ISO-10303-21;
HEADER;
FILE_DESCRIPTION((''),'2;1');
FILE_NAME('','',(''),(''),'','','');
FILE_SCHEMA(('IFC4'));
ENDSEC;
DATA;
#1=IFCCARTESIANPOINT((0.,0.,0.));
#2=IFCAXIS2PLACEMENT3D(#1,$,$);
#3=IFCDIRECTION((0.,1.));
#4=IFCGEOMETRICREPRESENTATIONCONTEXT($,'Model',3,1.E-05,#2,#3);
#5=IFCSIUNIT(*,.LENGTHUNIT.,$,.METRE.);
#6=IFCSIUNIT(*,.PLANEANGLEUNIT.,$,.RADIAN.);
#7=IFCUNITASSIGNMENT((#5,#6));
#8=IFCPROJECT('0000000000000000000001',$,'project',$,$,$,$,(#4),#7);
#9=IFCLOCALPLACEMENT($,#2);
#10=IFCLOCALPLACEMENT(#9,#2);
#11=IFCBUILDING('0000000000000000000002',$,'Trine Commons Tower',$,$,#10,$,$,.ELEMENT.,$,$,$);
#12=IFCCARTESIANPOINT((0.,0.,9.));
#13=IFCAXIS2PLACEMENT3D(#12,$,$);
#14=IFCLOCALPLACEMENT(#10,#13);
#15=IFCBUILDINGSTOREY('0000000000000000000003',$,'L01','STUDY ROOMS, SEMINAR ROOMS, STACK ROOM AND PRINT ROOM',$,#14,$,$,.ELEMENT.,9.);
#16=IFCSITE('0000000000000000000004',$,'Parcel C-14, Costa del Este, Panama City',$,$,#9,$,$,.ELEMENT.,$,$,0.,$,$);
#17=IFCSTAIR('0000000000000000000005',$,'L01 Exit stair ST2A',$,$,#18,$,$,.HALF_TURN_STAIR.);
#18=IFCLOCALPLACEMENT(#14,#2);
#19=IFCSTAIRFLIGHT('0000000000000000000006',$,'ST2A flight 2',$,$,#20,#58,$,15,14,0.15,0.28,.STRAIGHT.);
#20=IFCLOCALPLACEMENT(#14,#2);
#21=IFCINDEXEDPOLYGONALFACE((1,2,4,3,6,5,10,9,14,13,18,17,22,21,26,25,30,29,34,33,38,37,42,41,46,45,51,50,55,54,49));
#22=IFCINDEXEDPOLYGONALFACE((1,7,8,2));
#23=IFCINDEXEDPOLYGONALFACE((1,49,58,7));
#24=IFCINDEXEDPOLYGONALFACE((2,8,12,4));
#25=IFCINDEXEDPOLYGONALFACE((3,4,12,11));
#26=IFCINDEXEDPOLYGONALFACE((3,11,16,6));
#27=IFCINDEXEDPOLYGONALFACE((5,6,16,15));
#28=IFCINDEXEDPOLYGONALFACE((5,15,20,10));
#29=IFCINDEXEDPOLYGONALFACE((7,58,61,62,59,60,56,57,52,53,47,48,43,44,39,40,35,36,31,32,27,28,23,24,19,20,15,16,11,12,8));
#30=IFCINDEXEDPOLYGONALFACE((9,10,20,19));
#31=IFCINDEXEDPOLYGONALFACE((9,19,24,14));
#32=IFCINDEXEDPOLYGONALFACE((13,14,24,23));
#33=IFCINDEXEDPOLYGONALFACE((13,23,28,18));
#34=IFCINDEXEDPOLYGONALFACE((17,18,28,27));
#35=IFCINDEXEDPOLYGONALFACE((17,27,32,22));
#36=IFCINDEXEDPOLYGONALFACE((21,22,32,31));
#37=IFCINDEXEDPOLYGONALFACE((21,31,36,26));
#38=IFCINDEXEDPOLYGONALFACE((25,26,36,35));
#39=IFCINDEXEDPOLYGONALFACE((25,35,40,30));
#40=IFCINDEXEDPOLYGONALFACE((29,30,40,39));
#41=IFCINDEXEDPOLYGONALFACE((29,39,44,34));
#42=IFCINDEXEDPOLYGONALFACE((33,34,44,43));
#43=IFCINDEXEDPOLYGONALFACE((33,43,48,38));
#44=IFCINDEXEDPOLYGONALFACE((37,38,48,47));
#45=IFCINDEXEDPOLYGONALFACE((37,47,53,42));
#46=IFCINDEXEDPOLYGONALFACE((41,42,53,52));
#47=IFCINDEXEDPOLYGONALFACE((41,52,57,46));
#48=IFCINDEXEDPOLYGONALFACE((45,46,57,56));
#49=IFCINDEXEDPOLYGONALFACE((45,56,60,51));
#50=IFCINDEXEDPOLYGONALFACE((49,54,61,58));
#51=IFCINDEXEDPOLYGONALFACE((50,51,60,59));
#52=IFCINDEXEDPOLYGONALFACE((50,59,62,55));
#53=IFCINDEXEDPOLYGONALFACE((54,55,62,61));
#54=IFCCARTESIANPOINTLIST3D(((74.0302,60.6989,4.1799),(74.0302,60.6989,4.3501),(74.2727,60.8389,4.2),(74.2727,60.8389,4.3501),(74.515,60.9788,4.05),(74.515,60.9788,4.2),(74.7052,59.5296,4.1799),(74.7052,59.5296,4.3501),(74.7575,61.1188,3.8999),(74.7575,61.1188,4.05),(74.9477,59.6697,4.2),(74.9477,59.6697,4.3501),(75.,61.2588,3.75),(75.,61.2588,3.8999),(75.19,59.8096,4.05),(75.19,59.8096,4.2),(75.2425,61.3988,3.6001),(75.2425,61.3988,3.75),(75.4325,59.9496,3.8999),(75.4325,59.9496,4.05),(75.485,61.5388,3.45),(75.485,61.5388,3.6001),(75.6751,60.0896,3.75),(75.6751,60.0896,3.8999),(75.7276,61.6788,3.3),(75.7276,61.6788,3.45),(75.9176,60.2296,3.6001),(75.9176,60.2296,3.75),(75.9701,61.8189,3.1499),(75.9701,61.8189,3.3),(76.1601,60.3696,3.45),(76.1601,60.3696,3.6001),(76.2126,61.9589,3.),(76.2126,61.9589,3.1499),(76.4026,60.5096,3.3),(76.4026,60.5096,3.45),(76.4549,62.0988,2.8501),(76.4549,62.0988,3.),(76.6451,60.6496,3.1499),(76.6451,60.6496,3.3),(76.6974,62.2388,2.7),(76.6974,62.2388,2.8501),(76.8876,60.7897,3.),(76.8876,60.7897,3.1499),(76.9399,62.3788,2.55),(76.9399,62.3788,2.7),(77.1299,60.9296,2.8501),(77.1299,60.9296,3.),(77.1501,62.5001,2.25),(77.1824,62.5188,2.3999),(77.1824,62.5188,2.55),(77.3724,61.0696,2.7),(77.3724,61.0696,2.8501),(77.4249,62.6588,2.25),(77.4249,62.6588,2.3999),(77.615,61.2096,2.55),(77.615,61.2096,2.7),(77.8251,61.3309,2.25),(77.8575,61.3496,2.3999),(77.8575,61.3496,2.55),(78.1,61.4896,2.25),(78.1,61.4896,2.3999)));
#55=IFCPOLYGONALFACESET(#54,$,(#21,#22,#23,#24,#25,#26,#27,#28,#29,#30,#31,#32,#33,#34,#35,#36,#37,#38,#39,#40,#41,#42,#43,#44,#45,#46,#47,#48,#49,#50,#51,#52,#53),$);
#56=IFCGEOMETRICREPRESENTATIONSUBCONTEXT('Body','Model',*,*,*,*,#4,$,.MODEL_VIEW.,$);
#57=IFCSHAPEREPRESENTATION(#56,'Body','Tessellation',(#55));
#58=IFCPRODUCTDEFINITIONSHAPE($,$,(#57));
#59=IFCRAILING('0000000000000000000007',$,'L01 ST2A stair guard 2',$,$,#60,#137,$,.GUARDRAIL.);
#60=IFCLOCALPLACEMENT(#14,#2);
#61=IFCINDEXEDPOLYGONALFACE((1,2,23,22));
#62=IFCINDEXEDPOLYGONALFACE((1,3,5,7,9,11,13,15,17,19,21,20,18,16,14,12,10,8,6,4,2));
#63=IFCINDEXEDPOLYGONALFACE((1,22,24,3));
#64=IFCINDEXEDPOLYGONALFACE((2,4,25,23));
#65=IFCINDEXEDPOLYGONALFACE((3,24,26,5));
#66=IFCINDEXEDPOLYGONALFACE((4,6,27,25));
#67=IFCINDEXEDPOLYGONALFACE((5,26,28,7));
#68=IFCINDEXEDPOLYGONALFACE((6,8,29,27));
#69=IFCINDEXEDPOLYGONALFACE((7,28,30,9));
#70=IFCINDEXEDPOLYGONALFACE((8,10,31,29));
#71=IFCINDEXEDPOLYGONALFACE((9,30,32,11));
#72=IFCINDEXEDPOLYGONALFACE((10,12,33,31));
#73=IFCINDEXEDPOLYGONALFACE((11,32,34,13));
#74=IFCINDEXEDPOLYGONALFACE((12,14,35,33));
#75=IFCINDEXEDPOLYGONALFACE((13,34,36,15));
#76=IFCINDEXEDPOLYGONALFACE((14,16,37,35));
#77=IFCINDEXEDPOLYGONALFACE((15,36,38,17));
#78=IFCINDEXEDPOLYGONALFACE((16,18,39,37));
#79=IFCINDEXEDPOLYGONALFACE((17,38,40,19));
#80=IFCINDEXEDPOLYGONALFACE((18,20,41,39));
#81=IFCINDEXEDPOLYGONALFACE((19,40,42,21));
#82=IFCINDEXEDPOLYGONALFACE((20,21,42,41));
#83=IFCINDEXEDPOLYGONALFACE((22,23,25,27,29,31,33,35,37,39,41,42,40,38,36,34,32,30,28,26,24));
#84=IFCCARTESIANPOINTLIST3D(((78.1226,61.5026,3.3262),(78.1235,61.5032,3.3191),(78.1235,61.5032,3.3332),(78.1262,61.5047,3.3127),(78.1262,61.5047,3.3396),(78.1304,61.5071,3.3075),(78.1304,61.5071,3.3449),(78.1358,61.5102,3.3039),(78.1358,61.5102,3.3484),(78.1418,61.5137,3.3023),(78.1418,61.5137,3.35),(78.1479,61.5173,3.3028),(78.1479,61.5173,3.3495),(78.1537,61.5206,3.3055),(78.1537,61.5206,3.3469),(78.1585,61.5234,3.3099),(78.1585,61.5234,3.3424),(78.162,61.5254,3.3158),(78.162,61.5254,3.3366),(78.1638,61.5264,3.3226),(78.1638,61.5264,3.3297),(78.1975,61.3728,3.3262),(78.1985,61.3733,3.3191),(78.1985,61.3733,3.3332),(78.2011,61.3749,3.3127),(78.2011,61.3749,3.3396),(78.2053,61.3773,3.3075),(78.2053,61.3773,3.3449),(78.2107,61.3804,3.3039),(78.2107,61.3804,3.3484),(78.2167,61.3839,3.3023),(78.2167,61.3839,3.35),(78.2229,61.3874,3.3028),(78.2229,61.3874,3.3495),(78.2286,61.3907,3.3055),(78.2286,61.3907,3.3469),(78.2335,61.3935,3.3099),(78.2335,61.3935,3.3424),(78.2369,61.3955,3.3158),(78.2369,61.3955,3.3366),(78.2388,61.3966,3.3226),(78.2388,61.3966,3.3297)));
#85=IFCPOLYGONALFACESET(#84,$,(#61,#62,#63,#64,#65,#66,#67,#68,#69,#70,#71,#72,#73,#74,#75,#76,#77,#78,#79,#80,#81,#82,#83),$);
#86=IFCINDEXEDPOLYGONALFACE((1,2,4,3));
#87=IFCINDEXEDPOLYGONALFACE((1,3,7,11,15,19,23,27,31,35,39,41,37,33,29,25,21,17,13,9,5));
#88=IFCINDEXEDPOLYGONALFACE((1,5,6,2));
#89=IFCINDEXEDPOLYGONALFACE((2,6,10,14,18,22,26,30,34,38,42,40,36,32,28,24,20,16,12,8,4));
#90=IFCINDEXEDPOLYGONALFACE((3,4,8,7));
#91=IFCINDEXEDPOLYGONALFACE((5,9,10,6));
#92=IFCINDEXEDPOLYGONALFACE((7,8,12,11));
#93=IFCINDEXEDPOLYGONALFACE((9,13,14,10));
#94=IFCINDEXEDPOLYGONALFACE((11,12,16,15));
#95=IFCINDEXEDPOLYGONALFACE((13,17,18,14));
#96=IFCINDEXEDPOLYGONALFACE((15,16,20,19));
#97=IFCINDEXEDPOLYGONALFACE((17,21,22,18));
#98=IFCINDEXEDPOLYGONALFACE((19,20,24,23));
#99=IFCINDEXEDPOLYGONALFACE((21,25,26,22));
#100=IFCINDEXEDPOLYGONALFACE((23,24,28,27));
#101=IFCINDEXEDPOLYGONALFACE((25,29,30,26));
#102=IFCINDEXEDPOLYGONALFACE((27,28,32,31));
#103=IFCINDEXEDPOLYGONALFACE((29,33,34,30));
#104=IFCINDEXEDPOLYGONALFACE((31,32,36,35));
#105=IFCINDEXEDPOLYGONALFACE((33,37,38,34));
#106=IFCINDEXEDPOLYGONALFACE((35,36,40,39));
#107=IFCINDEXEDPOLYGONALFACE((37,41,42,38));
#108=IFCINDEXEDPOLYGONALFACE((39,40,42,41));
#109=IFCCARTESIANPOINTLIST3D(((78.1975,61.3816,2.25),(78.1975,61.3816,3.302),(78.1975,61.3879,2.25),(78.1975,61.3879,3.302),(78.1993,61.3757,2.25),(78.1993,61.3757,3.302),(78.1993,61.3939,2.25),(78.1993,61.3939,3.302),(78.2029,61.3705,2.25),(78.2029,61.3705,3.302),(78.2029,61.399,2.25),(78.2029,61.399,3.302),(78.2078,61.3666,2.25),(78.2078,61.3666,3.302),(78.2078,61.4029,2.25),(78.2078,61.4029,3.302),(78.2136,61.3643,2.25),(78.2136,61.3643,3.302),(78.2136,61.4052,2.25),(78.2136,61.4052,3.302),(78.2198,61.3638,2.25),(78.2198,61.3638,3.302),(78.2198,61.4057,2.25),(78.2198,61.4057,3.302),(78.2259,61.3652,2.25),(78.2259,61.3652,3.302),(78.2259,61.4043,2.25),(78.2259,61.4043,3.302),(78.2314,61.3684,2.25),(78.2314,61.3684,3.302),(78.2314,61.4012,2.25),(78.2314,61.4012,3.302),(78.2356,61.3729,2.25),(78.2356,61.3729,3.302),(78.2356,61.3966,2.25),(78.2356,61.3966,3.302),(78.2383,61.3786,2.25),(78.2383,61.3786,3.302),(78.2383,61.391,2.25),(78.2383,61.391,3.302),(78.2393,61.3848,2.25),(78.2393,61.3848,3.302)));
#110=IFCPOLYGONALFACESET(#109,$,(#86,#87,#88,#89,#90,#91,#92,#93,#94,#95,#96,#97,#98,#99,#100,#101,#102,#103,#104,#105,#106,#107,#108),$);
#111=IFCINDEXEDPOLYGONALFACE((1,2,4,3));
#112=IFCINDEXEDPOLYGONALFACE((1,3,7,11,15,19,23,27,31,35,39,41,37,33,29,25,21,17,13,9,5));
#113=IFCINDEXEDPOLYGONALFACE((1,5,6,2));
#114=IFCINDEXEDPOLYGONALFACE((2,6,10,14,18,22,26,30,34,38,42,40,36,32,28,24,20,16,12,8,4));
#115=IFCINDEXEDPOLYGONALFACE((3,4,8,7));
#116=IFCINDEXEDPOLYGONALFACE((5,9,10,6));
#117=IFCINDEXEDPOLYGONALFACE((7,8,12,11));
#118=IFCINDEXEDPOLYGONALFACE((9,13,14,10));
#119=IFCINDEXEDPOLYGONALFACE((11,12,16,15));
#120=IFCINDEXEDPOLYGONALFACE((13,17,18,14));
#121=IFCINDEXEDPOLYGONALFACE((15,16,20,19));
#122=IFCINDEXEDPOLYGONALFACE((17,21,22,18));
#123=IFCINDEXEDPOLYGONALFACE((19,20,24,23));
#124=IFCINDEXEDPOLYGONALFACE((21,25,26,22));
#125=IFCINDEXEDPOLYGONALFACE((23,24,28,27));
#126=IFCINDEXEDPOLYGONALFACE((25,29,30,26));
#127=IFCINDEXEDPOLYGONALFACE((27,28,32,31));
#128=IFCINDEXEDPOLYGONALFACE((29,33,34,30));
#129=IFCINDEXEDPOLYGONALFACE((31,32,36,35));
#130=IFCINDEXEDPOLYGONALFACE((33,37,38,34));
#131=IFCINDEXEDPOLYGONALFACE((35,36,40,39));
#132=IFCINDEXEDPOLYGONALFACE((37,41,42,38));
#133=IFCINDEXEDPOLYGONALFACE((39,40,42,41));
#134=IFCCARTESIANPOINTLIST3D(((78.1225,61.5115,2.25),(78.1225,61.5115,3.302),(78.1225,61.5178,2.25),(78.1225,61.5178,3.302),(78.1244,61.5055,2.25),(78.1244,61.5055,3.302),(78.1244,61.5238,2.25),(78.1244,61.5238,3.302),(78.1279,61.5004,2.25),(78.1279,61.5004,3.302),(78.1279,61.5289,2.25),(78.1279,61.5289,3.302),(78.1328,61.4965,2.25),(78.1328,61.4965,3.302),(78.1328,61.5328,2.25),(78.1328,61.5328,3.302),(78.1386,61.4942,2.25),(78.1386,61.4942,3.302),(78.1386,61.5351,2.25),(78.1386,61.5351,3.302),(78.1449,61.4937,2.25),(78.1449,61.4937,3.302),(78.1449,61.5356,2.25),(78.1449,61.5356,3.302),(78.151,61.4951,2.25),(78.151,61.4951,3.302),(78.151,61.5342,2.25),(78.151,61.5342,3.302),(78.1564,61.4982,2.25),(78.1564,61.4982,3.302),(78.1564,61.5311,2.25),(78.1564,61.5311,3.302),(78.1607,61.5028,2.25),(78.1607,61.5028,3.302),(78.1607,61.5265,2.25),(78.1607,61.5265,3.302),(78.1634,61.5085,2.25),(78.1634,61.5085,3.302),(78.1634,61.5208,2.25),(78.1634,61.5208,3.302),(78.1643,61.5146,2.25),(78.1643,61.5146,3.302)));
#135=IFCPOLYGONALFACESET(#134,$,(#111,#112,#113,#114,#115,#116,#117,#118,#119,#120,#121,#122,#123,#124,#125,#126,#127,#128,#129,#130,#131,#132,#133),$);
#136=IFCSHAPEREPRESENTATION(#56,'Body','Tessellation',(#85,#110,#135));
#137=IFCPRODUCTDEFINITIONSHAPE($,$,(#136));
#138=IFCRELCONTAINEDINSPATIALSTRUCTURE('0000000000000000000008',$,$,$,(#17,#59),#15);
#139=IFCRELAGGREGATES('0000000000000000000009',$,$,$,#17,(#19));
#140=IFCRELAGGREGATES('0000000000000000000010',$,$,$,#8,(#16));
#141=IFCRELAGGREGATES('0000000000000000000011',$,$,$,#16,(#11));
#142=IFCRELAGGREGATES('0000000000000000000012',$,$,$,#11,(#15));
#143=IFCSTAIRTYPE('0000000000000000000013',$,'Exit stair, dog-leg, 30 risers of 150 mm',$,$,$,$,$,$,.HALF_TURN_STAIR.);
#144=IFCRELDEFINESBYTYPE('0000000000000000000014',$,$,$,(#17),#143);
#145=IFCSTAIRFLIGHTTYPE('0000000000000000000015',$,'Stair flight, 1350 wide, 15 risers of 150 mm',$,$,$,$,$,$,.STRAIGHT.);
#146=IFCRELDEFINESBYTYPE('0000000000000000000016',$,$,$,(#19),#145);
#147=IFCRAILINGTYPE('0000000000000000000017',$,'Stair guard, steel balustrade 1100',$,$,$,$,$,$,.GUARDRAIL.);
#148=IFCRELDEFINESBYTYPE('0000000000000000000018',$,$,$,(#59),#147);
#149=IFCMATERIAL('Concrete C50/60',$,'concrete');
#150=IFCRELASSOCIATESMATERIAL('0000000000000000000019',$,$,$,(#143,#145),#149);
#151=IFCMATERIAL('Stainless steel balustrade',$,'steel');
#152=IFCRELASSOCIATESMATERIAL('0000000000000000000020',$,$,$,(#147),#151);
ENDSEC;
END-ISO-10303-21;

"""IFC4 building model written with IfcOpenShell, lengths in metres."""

from ifc_helpers import new_model, si_unit, direction, frame, origin, origin_2d, place, context, subcontext, project, spatial, polyline, circle, outline, extrude, material, type_object, element, aggregate, save


model = new_model("IFC4")

# Units and contexts
model_context = context("Model", 3, precision=1e-05, world=origin(), true_north=direction((0.0, 1.0)))
body_context = subcontext(model_context, "Body", "Model", "MODEL_VIEW")
ifc_project = project(units=[si_unit("LENGTHUNIT", "METRE"), si_unit("PLANEANGLEUNIT", "RADIAN")], contexts=[model_context])

# Site, building, storey
site_placement = place(None, origin())
site = spatial("IfcSite", under=ifc_project, at=site_placement, Name="Parcel C-14, Costa del Este, Panama City", CompositionType="ELEMENT", RefElevation=0.0)
building_placement = place(site_placement, origin())
building = spatial("IfcBuilding", under=site, at=building_placement, Name="Trine Commons Tower", CompositionType="ELEMENT")
storey_placement = place(building_placement, frame((0.0, 0.0, 9.0)))
storey = spatial("IfcBuildingStorey", under=building, at=storey_placement, Name="L01", Description="STUDY ROOMS, SEMINAR ROOMS, STACK ROOM AND PRINT ROOM", CompositionType="ELEMENT", Elevation=9.0)

# Shared definitions
ifc_material_1 = material(Name="Concrete C50/60", Category="concrete")

# Stair, stair flight
stair_type = type_object("IfcStairType", Name="Exit stair, dog-leg, 30 risers of 150 mm", PredefinedType="HALF_TURN_STAIR", material=ifc_material_1)
stair_placement = place(storey_placement, origin())
stair = element("IfcStair", 1, at=stair_placement, inside=storey, type_object=stair_type, Name="L01 Exit stair ST2A", PredefinedType="HALF_TURN_STAIR")
stair_flight_type = type_object("IfcStairFlightType", Name="Stair flight, 1350 wide, 15 risers of 150 mm", PredefinedType="STRAIGHT", material=ifc_material_1)
stair_flight_1_placement = place(storey_placement, frame((77.7625, 62.0742, 2.25), z_axis=(0.0, 0.0, 1.0), x_axis=(-0.866025, -0.5, 0.0)))
stair_flight_1 = element("IfcStairFlight", 2, at=stair_flight_1_placement, type_object=stair_flight_type, Name="ST2A flight 2", NumberOfRisers=15, NumberOfTreads=14, PredefinedType="STRAIGHT", RiserHeight=0.15, TreadLength=0.28, context=body_context, shape_type="SweptSolid", body=[
    extrude(outline(polyline([(0.0, 0.0), (0.0, 0.1499), (0.28, 0.1499), (0.28, 0.3), (0.5601, 0.3), (0.5601, 0.45), (0.8401, 0.45), (0.8401, 0.6001), (1.1201, 0.6001), (1.1201, 0.75), (1.3999, 0.75), (1.3999, 0.8999), (1.6799, 0.8999), (1.6799, 1.05), (1.96, 1.05), (1.96, 1.2), (2.24, 1.2), (2.24, 1.3501), (2.52, 1.3501), (2.52, 1.5), (2.8, 1.5), (2.8, 1.6499), (3.0801, 1.6499), (3.0801, 1.8), (3.3601, 1.8), (3.3601, 1.95), (3.6399, 1.95), (3.6399, 2.1001), (3.9199, 2.1001), (3.9199, 2.25), (3.9199, 1.9299), (0.3174, 0.0), (0.0, 0.0)])), frame((0.0, 0.675, 0.0), z_axis=(0.0, -1.0, 0.0), x_axis=(1.0, 0.0, 0.0)), (0.0, 0.0, 1.0), 1.3501),
])
aggregate(stair, [stair_flight_1])

# Railing
ifc_material_2 = material(Name="Stainless steel balustrade", Category="steel")
railing_type_1 = type_object("IfcRailingType", Name="Stair guard, steel balustrade 1100", PredefinedType="GUARDRAIL", material=ifc_material_2)
railing_1_placement = place(storey_placement, frame((78.2183, 61.3848, 2.25)))
element("IfcRailing", 3, at=railing_1_placement, inside=storey, type_object=railing_type_1, Name="L01 ST2A stair guard 2", PredefinedType="GUARDRAIL", context=body_context, shape_type="SweptSolid", body=[
    extrude(circle(Radius=0.0239, at=origin_2d()), frame((0.0, 0.0, 1.0762), z_axis=(-0.499816, 0.866131, 0.0), x_axis=(-0.866131, -0.499816, 0.0)), (0.0, 0.0, 1.0), 0.1499),
    extrude(circle(Radius=0.021, at=origin_2d()), origin(), (0.0, 0.0, 1.0), 1.052),
    extrude(circle(Radius=0.021, at=origin_2d()), frame((-0.075, 0.1299, 0.0)), (0.0, 0.0, 1.0), 1.052),
])

save(model, "model.ifc")
